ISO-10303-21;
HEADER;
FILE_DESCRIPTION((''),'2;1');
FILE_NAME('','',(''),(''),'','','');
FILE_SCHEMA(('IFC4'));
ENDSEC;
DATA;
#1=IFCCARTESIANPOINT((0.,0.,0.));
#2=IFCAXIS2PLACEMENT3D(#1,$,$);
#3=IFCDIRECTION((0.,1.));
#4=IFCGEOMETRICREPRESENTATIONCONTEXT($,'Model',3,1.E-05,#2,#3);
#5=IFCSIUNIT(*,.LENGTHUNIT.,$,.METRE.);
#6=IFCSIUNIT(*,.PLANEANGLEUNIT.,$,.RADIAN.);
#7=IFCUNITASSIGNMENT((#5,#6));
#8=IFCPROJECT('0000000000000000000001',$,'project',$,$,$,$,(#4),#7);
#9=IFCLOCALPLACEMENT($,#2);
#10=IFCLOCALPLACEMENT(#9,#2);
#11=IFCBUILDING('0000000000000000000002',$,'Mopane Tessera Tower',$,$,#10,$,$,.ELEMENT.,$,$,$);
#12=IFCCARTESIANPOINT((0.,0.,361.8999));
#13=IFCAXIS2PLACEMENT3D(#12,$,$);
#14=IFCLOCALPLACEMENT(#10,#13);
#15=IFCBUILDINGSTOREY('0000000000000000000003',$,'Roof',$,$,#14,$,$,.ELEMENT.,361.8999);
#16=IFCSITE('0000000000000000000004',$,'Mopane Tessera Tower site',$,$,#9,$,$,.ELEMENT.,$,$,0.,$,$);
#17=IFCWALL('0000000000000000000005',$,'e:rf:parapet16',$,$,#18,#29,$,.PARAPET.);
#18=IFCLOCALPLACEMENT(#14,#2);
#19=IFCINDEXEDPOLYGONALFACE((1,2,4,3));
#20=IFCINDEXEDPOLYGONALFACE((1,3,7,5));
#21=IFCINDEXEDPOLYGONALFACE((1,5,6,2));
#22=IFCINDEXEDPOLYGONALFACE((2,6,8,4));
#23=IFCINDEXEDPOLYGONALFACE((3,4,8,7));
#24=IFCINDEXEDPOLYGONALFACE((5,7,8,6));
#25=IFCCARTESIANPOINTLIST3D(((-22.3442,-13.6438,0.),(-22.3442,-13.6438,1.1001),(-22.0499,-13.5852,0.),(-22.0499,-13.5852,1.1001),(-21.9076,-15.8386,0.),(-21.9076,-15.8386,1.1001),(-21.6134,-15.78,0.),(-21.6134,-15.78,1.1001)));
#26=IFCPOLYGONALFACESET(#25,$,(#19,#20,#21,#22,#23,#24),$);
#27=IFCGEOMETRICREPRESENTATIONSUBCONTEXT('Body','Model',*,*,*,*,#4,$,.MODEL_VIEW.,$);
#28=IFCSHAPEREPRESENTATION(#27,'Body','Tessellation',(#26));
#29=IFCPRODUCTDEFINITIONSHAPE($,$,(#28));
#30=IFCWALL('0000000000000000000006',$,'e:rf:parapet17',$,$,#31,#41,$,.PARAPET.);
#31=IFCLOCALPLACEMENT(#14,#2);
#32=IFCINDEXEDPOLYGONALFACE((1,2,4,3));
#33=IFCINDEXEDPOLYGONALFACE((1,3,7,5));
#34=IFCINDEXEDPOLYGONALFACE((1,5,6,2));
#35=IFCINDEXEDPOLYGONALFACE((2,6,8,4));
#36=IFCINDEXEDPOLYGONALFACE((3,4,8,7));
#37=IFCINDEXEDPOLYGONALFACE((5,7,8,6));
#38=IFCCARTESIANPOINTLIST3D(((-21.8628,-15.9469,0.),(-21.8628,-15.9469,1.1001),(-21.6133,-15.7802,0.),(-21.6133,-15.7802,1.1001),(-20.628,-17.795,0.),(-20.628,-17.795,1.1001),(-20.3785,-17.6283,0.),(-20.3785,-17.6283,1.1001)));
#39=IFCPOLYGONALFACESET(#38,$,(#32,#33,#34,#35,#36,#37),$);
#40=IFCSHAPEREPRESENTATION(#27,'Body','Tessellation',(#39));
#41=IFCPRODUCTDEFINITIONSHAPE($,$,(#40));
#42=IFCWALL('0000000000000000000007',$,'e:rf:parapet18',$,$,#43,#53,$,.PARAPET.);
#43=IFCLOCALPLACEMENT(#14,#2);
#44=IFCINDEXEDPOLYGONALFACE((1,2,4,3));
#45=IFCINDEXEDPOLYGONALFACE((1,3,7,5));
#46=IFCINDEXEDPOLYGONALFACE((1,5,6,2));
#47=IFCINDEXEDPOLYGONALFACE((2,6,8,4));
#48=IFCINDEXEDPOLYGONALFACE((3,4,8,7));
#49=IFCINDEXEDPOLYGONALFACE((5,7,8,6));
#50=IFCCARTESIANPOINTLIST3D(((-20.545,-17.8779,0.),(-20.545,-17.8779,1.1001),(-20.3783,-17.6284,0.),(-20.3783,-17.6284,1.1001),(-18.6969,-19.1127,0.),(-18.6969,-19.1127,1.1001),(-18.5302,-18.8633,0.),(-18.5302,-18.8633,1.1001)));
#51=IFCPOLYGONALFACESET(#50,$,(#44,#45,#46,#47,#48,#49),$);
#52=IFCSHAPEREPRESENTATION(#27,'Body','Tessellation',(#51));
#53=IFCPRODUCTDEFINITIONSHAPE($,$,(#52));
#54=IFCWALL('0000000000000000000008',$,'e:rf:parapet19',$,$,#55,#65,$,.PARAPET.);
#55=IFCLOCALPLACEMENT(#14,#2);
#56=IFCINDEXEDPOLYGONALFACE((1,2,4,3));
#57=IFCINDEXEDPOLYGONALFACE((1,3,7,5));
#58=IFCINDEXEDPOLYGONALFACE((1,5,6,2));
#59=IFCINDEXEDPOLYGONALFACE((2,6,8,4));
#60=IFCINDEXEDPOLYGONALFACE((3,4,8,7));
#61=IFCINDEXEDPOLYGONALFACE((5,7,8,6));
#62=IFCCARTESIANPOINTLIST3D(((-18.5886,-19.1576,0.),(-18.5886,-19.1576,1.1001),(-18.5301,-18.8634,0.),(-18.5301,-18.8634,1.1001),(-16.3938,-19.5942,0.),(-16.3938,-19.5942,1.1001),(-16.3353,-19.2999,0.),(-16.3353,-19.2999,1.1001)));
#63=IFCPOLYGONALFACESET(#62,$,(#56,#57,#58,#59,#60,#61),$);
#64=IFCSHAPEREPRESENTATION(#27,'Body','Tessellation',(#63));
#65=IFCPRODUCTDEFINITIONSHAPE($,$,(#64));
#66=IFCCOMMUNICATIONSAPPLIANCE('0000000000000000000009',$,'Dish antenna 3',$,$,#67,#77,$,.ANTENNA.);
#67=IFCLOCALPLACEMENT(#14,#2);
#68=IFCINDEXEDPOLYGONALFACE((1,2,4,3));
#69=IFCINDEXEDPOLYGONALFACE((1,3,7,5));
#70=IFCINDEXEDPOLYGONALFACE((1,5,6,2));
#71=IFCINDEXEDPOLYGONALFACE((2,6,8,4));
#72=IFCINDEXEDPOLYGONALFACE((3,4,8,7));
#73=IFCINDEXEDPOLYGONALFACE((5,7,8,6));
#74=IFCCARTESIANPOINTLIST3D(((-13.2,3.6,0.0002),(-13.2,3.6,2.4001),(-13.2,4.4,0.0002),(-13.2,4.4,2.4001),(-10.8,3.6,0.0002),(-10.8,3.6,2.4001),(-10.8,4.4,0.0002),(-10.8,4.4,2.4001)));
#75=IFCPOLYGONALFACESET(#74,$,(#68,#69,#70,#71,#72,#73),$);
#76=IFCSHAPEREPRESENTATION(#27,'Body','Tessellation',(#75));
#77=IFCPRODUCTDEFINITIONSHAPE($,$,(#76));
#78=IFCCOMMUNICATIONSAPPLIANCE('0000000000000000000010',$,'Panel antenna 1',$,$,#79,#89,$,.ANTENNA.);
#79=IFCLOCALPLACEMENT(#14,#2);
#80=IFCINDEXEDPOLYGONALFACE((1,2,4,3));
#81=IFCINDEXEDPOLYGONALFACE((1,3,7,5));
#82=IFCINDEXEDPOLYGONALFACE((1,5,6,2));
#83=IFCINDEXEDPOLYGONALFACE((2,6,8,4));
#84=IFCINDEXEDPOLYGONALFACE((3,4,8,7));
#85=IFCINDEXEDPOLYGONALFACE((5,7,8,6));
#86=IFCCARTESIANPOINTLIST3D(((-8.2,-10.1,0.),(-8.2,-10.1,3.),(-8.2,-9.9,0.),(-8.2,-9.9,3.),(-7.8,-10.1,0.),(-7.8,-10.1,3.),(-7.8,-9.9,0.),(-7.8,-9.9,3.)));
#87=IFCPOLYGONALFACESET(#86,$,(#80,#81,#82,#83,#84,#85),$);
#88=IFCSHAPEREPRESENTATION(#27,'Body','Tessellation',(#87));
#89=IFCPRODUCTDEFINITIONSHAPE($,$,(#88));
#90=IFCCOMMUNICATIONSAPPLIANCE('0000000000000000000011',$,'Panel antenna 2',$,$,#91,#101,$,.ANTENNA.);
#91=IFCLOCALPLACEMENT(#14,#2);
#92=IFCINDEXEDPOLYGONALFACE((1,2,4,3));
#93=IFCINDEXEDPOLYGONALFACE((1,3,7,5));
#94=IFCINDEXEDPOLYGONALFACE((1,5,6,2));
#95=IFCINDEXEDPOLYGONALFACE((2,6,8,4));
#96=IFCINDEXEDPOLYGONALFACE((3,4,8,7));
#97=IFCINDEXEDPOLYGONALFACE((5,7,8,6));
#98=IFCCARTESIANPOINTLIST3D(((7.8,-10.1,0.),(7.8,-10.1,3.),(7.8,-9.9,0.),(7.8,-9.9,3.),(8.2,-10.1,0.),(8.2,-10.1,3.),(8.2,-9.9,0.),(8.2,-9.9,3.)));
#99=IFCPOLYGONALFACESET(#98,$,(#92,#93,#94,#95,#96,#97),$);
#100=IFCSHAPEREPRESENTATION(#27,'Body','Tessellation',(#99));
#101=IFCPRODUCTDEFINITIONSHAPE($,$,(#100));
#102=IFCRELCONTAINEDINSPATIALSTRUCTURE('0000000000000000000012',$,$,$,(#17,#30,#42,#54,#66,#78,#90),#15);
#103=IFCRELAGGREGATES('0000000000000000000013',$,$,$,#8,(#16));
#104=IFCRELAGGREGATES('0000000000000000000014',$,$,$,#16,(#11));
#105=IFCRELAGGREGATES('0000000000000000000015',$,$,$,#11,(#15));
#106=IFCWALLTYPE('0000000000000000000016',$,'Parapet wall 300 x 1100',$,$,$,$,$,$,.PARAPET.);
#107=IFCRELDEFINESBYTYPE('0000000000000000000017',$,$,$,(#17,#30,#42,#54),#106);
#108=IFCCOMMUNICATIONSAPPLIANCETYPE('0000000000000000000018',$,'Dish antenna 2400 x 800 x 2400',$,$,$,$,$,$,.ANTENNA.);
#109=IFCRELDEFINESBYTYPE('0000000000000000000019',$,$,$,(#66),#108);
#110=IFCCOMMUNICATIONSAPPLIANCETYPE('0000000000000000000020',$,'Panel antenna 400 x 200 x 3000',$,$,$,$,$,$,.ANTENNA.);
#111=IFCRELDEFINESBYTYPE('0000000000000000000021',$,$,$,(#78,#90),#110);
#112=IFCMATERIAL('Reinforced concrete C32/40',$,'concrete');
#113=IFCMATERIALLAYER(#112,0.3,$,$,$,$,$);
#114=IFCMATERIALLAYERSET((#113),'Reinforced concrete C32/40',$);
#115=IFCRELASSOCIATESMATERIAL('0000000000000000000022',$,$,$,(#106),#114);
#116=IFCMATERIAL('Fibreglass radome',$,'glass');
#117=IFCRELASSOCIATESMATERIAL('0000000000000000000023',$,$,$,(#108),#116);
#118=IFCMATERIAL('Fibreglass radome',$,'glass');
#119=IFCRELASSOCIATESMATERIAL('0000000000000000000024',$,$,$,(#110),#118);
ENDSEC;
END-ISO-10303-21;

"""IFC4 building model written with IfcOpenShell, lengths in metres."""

from ifc_helpers import new_model, si_unit, direction, frame, frame_2d, origin, origin_2d, place, context, subcontext, project, spatial, rectangle, extrude, material, layer, layer_set, type_object, element, save


model = new_model("IFC4")

# Units and contexts
model_context = context("Model", 3, precision=1e-05, world=origin(), true_north=direction((0.0, 1.0)))
body_context = subcontext(model_context, "Body", "Model", "MODEL_VIEW")
ifc_project = project(units=[si_unit("LENGTHUNIT", "METRE"), si_unit("PLANEANGLEUNIT", "RADIAN")], contexts=[model_context])

# Site, building, storey
site_placement = place(None, origin())
site = spatial("IfcSite", under=ifc_project, at=site_placement, Name="Mopane Tessera Tower site", CompositionType="ELEMENT", RefElevation=0.0)
building_placement = place(site_placement, origin())
building = spatial("IfcBuilding", under=site, at=building_placement, Name="Mopane Tessera Tower", CompositionType="ELEMENT")
storey_placement = place(building_placement, frame((0.0, 0.0, 361.8999)))
storey = spatial("IfcBuildingStorey", under=building, at=storey_placement, Name="Roof", CompositionType="ELEMENT", Elevation=361.8999)

# Walls
ifc_material_1 = material(Name="Reinforced concrete C32/40", Category="concrete")
ifc_layer_1 = layer(ifc_material_1, 0.3)
ifc_layer_set_1 = layer_set([ifc_layer_1], Name="Reinforced concrete C32/40")
wall_type = type_object("IfcWallType", Name="Parapet wall 300 x 1100", PredefinedType="PARAPET", material=ifc_layer_set_1)
wall_1_placement = place(storey_placement, frame((-22.197, -13.6145, 0.0), z_axis=(0.0, 0.0, 1.0), x_axis=(0.195067, -0.98079, 0.0)))
element("IfcWall", 1, at=wall_1_placement, inside=storey, type_object=wall_type, Name="e:rf:parapet16", PredefinedType="PARAPET", context=body_context, shape_type="SweptSolid", body=[
    extrude(rectangle(XDim=2.2378, YDim=0.3, at=frame_2d((1.1189, 0.0))), origin(), (0.0, 0.0, 1.0), 1.1001),
])
for number, where, z_axis, x_axis, name in (
    (2, (-21.738, -15.8635, 0.0), (0.0, 0.0, 1.0), (0.555562, -0.831475, 0.0), "e:rf:parapet17"),
    (3, (-20.4617, -17.7532, 0.0), (0.0, 0.0, 1.0), (0.831475, -0.555562, 0.0), "e:rf:parapet18"),
):
    element("IfcWall", number, at=place(storey_placement, frame(where, z_axis=z_axis, x_axis=x_axis)), inside=storey, type_object=wall_type, Name=name, PredefinedType="PARAPET", context=body_context, shape_type="SweptSolid", body=[
        extrude(rectangle(XDim=2.2227, YDim=0.3, at=frame_2d((1.1113, 0.0))), origin(), (0.0, 0.0, 1.0), 1.1001),
    ])
wall_2_placement = place(storey_placement, frame((-18.5593, -19.0105, 0.0), z_axis=(0.0, 0.0, 1.0), x_axis=(0.98079, -0.195067, 0.0)))
element("IfcWall", 4, at=wall_2_placement, inside=storey, type_object=wall_type, Name="e:rf:parapet19", PredefinedType="PARAPET", context=body_context, shape_type="SweptSolid", body=[
    extrude(rectangle(XDim=2.2378, YDim=0.3, at=frame_2d((1.1189, 0.0))), origin(), (0.0, 0.0, 1.0), 1.1001),
])

# Communications appliances
ifc_material_2 = material(Name="Fibreglass radome", Category="glass")
communications_appliance_type_1 = type_object("IfcCommunicationsApplianceType", Name="Dish antenna 2400 x 800 x 2400", PredefinedType="ANTENNA", material=ifc_material_2)
communications_appliance_placement = place(storey_placement, frame((-12.0, 4.0, 0.0002), z_axis=(0.0, 0.0, 1.0), x_axis=(1.0, 0.0, 0.0)))
element("IfcCommunicationsAppliance", 5, at=communications_appliance_placement, inside=storey, type_object=communications_appliance_type_1, Name="Dish antenna 3", PredefinedType="ANTENNA", context=body_context, shape_type="SweptSolid", body=[
    extrude(rectangle(XDim=2.3999, YDim=0.8, at=origin_2d()), origin(), (0.0, 0.0, 1.0), 2.3999),
])
ifc_material_3 = material(Name="Fibreglass radome", Category="glass")
communications_appliance_type_2 = type_object("IfcCommunicationsApplianceType", Name="Panel antenna 400 x 200 x 3000", PredefinedType="ANTENNA", material=ifc_material_3)
for number, where, z_axis, x_axis, name in (
    (6, (-8.0, -10.0, 0.0), (0.0, 0.0, 1.0), (1.0, 0.0, 0.0), "Panel antenna 1"),
    (7, (8.0, -10.0, 0.0), (0.0, 0.0, 1.0), (1.0, 0.0, 0.0), "Panel antenna 2"),
):
    element("IfcCommunicationsAppliance", number, at=place(storey_placement, frame(where, z_axis=z_axis, x_axis=x_axis)), inside=storey, type_object=communications_appliance_type_2, Name=name, PredefinedType="ANTENNA", context=body_context, shape_type="SweptSolid", body=[
        extrude(rectangle(XDim=0.3999, YDim=0.2, at=origin_2d()), origin(), (0.0, 0.0, 1.0), 3.0),
    ])

save(model, "model.ifc")
